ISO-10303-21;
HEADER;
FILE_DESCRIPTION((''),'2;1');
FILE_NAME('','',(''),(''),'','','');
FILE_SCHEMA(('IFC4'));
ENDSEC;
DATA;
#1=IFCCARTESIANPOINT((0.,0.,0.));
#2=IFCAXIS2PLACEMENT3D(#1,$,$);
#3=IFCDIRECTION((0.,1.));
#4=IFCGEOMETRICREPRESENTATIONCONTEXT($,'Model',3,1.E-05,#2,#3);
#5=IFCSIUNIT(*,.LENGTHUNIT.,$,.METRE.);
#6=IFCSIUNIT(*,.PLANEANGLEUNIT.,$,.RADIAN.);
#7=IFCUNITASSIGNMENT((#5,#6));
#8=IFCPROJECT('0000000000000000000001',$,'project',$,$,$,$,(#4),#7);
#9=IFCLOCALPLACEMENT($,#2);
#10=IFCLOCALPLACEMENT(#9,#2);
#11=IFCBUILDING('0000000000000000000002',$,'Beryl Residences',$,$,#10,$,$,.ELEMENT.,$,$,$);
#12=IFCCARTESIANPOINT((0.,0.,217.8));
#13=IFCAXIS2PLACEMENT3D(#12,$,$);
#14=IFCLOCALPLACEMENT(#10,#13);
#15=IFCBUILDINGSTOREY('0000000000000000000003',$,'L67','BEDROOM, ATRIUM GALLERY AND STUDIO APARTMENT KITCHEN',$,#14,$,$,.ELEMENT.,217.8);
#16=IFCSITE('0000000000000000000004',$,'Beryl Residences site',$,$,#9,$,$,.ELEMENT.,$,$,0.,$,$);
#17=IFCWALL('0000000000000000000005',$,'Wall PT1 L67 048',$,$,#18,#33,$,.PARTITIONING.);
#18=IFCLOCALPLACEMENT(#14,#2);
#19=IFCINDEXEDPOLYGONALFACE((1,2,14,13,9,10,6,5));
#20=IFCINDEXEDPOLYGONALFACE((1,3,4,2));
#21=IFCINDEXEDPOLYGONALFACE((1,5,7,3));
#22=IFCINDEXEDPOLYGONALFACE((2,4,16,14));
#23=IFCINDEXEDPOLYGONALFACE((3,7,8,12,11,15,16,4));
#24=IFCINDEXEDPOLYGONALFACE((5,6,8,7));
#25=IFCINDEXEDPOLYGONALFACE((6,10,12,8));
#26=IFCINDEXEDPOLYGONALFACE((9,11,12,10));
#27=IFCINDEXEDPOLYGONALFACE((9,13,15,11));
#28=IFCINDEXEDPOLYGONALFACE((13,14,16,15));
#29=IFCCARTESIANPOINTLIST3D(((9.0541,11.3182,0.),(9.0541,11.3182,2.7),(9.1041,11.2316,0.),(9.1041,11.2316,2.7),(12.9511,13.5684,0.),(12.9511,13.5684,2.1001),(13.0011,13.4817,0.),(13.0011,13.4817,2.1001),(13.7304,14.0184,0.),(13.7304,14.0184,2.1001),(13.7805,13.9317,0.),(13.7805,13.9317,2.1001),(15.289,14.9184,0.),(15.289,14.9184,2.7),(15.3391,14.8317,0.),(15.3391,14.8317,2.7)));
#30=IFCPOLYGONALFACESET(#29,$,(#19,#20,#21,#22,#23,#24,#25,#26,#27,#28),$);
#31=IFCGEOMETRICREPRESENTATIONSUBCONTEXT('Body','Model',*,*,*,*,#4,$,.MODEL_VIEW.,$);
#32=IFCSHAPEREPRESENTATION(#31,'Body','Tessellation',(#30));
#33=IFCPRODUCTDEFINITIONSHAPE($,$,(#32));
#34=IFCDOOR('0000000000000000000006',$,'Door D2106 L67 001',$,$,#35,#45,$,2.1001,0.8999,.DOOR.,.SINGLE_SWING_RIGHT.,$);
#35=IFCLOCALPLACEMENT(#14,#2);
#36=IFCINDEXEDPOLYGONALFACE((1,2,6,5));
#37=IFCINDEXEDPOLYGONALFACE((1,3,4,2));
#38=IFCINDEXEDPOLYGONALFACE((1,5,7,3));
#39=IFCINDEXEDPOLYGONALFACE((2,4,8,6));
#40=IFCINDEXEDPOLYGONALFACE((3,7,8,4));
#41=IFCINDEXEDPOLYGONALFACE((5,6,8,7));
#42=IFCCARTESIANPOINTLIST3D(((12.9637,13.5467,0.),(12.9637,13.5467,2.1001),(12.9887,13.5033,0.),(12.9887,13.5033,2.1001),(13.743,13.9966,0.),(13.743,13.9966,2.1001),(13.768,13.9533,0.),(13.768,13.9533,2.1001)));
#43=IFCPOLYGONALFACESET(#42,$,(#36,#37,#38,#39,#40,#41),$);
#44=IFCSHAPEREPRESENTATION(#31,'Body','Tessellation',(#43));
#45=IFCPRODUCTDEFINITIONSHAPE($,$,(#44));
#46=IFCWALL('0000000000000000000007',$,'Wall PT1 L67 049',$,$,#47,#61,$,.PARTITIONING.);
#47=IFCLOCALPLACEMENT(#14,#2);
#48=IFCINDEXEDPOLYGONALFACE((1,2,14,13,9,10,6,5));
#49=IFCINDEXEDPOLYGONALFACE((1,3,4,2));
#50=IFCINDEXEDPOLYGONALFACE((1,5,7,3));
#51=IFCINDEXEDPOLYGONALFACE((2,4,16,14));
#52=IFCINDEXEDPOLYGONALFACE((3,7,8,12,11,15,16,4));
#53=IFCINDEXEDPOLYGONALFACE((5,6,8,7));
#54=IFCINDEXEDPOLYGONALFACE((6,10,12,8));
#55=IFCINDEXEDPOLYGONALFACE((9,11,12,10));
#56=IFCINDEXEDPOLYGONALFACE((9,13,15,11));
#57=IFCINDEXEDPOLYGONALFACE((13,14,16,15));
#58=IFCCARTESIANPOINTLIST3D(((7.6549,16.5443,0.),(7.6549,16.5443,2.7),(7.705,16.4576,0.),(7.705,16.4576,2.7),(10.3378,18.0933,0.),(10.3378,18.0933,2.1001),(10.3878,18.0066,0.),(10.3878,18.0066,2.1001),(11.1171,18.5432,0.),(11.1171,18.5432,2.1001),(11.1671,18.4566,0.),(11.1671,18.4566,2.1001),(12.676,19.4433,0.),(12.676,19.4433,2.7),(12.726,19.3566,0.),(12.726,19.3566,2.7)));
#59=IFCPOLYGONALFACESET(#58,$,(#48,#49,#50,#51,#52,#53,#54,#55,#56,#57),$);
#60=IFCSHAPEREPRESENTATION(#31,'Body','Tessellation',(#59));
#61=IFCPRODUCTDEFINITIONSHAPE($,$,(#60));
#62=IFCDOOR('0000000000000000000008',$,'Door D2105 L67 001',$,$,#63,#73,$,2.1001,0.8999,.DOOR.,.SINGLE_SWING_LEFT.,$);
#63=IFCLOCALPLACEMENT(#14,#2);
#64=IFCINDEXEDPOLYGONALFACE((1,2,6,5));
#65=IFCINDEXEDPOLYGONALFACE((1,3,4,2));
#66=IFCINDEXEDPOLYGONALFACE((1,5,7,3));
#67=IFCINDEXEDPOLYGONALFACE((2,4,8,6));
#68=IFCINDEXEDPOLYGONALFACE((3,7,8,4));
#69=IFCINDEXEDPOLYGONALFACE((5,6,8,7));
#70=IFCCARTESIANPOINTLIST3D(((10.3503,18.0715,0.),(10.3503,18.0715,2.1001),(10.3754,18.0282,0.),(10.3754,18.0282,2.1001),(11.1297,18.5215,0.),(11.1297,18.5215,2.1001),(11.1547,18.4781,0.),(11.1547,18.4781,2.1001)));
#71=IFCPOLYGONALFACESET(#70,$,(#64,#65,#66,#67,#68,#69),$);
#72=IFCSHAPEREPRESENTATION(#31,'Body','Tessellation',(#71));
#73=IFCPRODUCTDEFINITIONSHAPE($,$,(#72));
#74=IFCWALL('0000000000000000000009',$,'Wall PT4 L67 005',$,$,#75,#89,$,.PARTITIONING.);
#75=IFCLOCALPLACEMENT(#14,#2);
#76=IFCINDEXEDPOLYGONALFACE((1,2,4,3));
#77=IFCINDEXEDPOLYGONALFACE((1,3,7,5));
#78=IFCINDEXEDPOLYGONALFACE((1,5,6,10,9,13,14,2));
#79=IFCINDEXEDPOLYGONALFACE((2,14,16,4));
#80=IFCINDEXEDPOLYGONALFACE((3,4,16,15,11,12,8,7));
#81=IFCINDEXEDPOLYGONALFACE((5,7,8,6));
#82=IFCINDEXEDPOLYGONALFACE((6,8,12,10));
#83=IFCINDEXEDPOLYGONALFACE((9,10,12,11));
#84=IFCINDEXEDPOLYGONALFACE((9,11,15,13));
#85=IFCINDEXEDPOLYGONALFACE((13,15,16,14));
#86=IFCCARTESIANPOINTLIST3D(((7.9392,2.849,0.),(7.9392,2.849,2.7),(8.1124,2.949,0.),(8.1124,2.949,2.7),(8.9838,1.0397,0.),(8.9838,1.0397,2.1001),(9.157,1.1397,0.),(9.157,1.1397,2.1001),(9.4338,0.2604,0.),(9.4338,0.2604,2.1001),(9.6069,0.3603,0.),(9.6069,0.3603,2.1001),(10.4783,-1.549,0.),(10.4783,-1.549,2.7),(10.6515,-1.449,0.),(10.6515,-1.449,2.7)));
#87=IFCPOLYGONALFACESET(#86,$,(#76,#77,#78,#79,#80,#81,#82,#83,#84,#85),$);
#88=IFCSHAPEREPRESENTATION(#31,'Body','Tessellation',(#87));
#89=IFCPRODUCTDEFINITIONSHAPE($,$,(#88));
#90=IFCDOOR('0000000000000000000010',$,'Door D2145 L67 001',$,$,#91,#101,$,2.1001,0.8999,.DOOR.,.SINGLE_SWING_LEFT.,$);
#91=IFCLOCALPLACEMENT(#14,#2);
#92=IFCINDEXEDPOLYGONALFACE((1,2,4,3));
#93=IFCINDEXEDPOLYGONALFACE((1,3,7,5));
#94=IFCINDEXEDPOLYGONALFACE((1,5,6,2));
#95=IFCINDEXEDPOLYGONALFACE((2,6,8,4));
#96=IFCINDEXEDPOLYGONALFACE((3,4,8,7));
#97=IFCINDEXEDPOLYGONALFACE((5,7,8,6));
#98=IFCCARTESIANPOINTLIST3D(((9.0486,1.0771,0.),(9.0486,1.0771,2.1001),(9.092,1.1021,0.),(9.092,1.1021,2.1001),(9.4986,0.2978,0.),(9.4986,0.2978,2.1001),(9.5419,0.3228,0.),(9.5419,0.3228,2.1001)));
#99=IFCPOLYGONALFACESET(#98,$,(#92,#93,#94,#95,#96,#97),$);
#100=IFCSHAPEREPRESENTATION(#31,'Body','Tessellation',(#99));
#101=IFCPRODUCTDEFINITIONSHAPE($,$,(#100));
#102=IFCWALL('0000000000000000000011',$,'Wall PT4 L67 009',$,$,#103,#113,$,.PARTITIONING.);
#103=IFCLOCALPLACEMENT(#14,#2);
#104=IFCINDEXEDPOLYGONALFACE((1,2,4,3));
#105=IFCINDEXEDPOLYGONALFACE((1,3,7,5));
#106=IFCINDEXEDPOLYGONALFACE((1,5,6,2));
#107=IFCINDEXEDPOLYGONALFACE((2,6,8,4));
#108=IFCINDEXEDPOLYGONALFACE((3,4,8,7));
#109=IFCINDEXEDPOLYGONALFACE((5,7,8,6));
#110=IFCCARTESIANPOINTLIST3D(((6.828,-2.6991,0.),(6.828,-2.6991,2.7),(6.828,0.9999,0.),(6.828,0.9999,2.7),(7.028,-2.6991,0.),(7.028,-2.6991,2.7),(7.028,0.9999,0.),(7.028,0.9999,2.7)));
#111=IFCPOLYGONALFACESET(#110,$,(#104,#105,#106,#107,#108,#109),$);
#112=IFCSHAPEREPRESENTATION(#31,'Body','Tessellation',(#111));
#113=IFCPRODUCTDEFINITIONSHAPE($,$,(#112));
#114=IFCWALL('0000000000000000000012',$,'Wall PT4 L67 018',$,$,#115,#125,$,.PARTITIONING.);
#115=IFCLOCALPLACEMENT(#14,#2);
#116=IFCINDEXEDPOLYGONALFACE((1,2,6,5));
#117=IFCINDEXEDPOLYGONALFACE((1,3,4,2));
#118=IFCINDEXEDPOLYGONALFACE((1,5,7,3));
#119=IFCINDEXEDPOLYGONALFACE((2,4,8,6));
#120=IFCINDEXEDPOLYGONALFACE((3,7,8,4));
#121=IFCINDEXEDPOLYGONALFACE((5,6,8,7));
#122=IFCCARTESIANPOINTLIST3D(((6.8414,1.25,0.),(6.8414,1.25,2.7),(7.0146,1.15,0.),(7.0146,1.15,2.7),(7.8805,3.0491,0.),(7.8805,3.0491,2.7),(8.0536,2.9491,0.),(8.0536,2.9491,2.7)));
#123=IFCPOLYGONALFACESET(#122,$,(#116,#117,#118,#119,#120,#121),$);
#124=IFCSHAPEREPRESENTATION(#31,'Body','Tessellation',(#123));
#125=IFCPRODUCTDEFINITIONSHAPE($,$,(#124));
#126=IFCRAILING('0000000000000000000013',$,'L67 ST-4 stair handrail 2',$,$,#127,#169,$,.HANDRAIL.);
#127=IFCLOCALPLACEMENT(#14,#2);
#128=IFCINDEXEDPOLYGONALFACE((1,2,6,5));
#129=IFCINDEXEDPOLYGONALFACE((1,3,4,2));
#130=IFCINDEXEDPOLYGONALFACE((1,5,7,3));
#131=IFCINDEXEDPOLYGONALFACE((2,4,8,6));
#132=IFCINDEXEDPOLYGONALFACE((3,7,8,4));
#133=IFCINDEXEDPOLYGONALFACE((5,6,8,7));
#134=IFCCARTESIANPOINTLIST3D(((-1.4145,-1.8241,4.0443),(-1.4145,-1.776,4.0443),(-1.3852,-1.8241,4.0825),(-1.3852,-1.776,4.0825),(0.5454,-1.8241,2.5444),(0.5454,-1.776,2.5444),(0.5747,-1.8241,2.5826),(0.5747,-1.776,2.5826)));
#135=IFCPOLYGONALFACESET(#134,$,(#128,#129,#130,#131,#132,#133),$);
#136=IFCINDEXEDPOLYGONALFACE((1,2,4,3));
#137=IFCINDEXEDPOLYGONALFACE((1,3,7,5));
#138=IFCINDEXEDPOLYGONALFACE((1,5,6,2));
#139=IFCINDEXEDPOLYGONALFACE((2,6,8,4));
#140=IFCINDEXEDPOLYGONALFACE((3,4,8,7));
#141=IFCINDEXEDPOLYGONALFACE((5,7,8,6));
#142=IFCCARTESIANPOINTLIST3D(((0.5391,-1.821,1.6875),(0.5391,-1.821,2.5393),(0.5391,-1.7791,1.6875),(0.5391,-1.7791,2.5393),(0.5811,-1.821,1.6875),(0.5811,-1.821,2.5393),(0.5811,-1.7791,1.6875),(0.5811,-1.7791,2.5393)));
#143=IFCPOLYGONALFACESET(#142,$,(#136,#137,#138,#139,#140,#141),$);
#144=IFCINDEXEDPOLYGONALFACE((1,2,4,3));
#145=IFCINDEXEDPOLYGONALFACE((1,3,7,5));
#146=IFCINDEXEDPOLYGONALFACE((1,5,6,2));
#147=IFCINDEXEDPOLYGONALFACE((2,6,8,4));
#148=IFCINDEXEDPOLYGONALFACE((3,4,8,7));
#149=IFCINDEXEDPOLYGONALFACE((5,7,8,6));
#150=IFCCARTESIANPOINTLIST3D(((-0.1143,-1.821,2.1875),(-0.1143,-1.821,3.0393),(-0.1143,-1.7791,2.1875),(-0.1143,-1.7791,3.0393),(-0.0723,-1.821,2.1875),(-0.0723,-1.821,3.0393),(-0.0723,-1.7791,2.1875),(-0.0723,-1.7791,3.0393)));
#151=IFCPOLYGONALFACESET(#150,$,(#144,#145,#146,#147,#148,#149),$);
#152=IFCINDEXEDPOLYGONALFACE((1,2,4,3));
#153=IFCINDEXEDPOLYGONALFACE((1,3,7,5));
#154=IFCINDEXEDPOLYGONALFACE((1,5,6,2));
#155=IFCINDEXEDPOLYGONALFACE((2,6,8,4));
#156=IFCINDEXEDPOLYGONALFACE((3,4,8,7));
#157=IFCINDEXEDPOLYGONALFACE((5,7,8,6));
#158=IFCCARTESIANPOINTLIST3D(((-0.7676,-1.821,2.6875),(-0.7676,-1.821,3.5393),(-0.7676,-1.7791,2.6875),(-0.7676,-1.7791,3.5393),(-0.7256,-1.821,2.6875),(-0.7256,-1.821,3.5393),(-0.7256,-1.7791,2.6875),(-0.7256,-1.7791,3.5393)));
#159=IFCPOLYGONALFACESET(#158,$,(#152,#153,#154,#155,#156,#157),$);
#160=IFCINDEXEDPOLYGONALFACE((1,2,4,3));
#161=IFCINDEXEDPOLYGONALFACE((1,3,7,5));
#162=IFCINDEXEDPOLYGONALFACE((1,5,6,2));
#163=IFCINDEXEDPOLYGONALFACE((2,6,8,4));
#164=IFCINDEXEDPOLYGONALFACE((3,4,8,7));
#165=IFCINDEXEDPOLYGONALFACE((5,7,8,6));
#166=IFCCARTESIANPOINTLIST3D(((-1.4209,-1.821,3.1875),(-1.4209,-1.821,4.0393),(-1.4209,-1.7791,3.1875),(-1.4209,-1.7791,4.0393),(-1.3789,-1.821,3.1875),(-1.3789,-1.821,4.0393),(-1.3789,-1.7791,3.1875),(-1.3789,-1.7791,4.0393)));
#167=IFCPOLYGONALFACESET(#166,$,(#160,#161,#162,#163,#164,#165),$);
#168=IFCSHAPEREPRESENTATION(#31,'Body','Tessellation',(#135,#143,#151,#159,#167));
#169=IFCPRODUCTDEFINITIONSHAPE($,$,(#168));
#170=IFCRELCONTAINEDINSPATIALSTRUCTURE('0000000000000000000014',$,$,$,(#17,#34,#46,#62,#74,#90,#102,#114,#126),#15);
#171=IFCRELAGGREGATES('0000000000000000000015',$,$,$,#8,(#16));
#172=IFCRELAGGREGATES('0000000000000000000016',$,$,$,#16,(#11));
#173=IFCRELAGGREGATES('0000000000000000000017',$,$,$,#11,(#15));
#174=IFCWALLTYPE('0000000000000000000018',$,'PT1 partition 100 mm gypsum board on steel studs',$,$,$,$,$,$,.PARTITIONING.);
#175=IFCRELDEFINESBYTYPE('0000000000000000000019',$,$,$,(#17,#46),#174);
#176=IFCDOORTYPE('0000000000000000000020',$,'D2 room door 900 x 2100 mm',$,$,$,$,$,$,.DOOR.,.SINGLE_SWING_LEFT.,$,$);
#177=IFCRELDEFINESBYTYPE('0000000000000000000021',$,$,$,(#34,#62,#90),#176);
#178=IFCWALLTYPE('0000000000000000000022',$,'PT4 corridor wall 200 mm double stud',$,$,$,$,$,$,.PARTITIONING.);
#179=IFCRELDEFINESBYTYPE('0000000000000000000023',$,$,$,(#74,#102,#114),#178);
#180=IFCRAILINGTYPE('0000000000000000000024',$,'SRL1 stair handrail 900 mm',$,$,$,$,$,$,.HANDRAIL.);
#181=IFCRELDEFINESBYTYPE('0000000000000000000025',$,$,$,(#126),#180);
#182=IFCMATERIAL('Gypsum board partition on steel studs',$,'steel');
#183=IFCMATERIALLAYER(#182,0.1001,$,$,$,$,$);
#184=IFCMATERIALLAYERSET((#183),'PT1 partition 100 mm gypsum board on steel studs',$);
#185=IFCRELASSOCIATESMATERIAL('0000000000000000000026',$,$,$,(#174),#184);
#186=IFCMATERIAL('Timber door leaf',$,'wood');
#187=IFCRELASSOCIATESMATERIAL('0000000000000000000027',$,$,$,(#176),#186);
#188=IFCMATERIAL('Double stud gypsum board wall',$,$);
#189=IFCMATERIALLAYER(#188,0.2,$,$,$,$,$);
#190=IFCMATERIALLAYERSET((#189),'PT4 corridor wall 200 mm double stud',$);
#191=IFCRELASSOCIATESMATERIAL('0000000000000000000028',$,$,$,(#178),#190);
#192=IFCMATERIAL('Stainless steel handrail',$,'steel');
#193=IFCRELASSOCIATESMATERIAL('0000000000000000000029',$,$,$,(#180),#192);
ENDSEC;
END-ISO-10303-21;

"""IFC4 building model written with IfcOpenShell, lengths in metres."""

from ifc_helpers import new_model, si_unit, direction, frame, frame_2d, origin, origin_2d, place, context, subcontext, project, spatial, rectangle, extrude, material, layer, layer_set, type_object, element, fill, save


model = new_model("IFC4")

# Units and contexts
model_context = context("Model", 3, precision=1e-05, world=origin(), true_north=direction((0.0, 1.0)))
body_context = subcontext(model_context, "Body", "Model", "MODEL_VIEW")
ifc_project = project(units=[si_unit("LENGTHUNIT", "METRE"), si_unit("PLANEANGLEUNIT", "RADIAN")], contexts=[model_context])

# Site, building, storey
site_placement = place(None, origin())
site = spatial("IfcSite", under=ifc_project, at=site_placement, Name="Beryl Residences site", CompositionType="ELEMENT", RefElevation=0.0)
building_placement = place(site_placement, origin())
building = spatial("IfcBuilding", under=site, at=building_placement, Name="Beryl Residences", CompositionType="ELEMENT")
storey_placement = place(building_placement, frame((0.0, 0.0, 217.8)))
storey = spatial("IfcBuildingStorey", under=building, at=storey_placement, Name="L67", Description="BEDROOM, ATRIUM GALLERY AND STUDIO APARTMENT KITCHEN", CompositionType="ELEMENT", Elevation=217.8)

# Shared definitions
ifc_material_1 = material(Name="Gypsum board partition on steel studs", Category="steel")
ifc_layer_1 = layer(ifc_material_1, 0.1001)
ifc_layer_set_1 = layer_set([ifc_layer_1], Name="PT1 partition 100 mm gypsum board on steel studs")
wall_type_1 = type_object("IfcWallType", Name="PT1 partition 100 mm gypsum board on steel studs", PredefinedType="PARTITIONING", material=ifc_layer_set_1)

# Walls, openings, doors
ifc_material_2 = material(Name="Timber door leaf", Category="wood")
door_type_1 = type_object("IfcDoorType", Name="D2 room door 900 x 2100 mm", OperationType="SINGLE_SWING_LEFT", PredefinedType="DOOR", material=ifc_material_2)
wall_1_placement = place(storey_placement, frame((9.0791, 11.2749, 0.0), z_axis=(0.0, 0.0, 1.0), x_axis=(0.866001, 0.500041, 0.0)))
wall_1 = element("IfcWall", 1, at=wall_1_placement, inside=storey, type_object=wall_type_1, Name="Wall PT1 L67 048", PredefinedType="PARTITIONING", context=body_context, shape_type="SweptSolid", body=[
    extrude(rectangle(XDim=7.1997, YDim=0.1001, at=frame_2d((3.5999, 0.0))), origin(), (0.0, 0.0, 1.0), 2.7),
])
opening_1_placement = place(wall_1_placement, frame((4.5, 0.0, 0.0)))
opening_1 = element("IfcOpeningElement", 2, at=opening_1_placement, cuts=wall_1, PredefinedType="OPENING", context=body_context, shape_type="SweptSolid", body=[
    extrude(rectangle(XDim=0.8999, YDim=2.1001, at=frame_2d((0.45, 1.05))), frame((0.0, 0.0601, 0.0), z_axis=(0.0, -1.0, 0.0), x_axis=(1.0, 0.0, 0.0)), (0.0, 0.0, 1.0), 0.1201),
])
door_1_placement = place(opening_1_placement, origin())
door_1 = element("IfcDoor", 3, at=door_1_placement, inside=storey, type_object=door_type_1, Name="Door D2106 L67 001", OperationType="SINGLE_SWING_RIGHT", OverallHeight=2.1001, OverallWidth=0.8999, PredefinedType="DOOR", context=body_context, shape_type="SweptSolid", body=[
    extrude(rectangle(XDim=0.8999, YDim=2.1001, at=frame_2d((0.45, 1.05))), frame((0.0, 0.0249, 0.0), z_axis=(0.0, -1.0, 0.0), x_axis=(1.0, 0.0, 0.0)), (0.0, 0.0, 1.0), 0.05),
])
fill(opening_1, door_1)
wall_2_placement = place(storey_placement, frame((7.6799, 16.501, 0.0), z_axis=(0.0, 0.0, 1.0), x_axis=(0.866021, 0.500007, 0.0)))
wall_2 = element("IfcWall", 4, at=wall_2_placement, inside=storey, type_object=wall_type_1, Name="Wall PT1 L67 049", PredefinedType="PARTITIONING", context=body_context, shape_type="SweptSolid", body=[
    extrude(rectangle(XDim=5.7979, YDim=0.1001, at=frame_2d((2.8989, 0.0))), origin(), (0.0, 0.0, 1.0), 2.7),
])
opening_2_placement = place(wall_2_placement, frame((3.0979, 0.0, 0.0)))
opening_2 = element("IfcOpeningElement", 5, at=opening_2_placement, cuts=wall_2, PredefinedType="OPENING", context=body_context, shape_type="SweptSolid", body=[
    extrude(rectangle(XDim=0.8999, YDim=2.1001, at=frame_2d((0.45, 1.05))), frame((0.0, 0.0601, 0.0), z_axis=(0.0, -1.0, 0.0), x_axis=(1.0, 0.0, 0.0)), (0.0, 0.0, 1.0), 0.1201),
])
door_2_placement = place(opening_2_placement, origin())
door_2 = element("IfcDoor", 6, at=door_2_placement, inside=storey, type_object=door_type_1, Name="Door D2105 L67 001", OperationType="SINGLE_SWING_LEFT", OverallHeight=2.1001, OverallWidth=0.8999, PredefinedType="DOOR", context=body_context, shape_type="SweptSolid", body=[
    extrude(rectangle(XDim=0.8999, YDim=2.1001, at=frame_2d((0.45, 1.05))), frame((0.0, 0.0249, 0.0), z_axis=(0.0, -1.0, 0.0), x_axis=(1.0, 0.0, 0.0)), (0.0, 0.0, 1.0), 0.05),
])
fill(opening_2, door_2)
ifc_material_3 = material(Name="Double stud gypsum board wall")
ifc_layer_2 = layer(ifc_material_3, 0.2)
ifc_layer_set_2 = layer_set([ifc_layer_2], Name="PT4 corridor wall 200 mm double stud")
wall_type_2 = type_object("IfcWallType", Name="PT4 corridor wall 200 mm double stud", PredefinedType="PARTITIONING", material=ifc_layer_set_2)
wall_3_placement = place(storey_placement, frame((8.0259, 2.8989, 0.0), z_axis=(0.0, 0.0, 1.0), x_axis=(0.499986, -0.866033, 0.0)))
wall_3 = element("IfcWall", 7, at=wall_3_placement, inside=storey, type_object=wall_type_2, Name="Wall PT4 L67 005", PredefinedType="PARTITIONING", context=body_context, shape_type="SweptSolid", body=[
    extrude(rectangle(XDim=5.0784, YDim=0.2, at=frame_2d((2.5391, 0.0))), origin(), (0.0, 0.0, 1.0), 2.7),
])
opening_3_placement = place(wall_3_placement, frame((2.0891, 0.0, 0.0)))
opening_3 = element("IfcOpeningElement", 8, at=opening_3_placement, cuts=wall_3, PredefinedType="OPENING", context=body_context, shape_type="SweptSolid", body=[
    extrude(rectangle(XDim=0.8999, YDim=2.1001, at=frame_2d((0.45, 1.05))), frame((0.0, 0.1099, 0.0), z_axis=(0.0, -1.0, 0.0), x_axis=(1.0, 0.0, 0.0)), (0.0, 0.0, 1.0), 0.22),
])
door_3_placement = place(opening_3_placement, origin())
door_3 = element("IfcDoor", 9, at=door_3_placement, inside=storey, type_object=door_type_1, Name="Door D2145 L67 001", OperationType="SINGLE_SWING_LEFT", OverallHeight=2.1001, OverallWidth=0.8999, PredefinedType="DOOR", context=body_context, shape_type="SweptSolid", body=[
    extrude(rectangle(XDim=0.8999, YDim=2.1001, at=frame_2d((0.45, 1.05))), frame((0.0, 0.0249, 0.0), z_axis=(0.0, -1.0, 0.0), x_axis=(1.0, 0.0, 0.0)), (0.0, 0.0, 1.0), 0.05),
])
fill(opening_3, door_3)

# Walls
wall_4_placement = place(storey_placement, frame((6.928, 1.0, 0.0), z_axis=(0.0, 0.0, 1.0), x_axis=(0.0, -1.0, 0.0)))
element("IfcWall", 10, at=wall_4_placement, inside=storey, type_object=wall_type_2, Name="Wall PT4 L67 009", PredefinedType="PARTITIONING", context=body_context, shape_type="SweptSolid", body=[
    extrude(rectangle(XDim=3.699, YDim=0.2, at=frame_2d((1.8496, 0.0))), origin(), (0.0, 0.0, 1.0), 2.7),
])
wall_5_placement = place(storey_placement, frame((6.928, 1.2, 0.0), z_axis=(0.0, 0.0, 1.0), x_axis=(0.500133, 0.865949, 0.0)))
element("IfcWall", 11, at=wall_5_placement, inside=storey, type_object=wall_type_2, Name="Wall PT4 L67 018", PredefinedType="PARTITIONING", context=body_context, shape_type="SweptSolid", body=[
    extrude(rectangle(XDim=2.0776, YDim=0.2, at=frame_2d((1.0388, 0.0))), origin(), (0.0, 0.0, 1.0), 2.7),
])

# Railing
ifc_material_4 = material(Name="Stainless steel handrail", Category="steel")
railing_type_1 = type_object("IfcRailingType", Name="SRL1 stair handrail 900 mm", PredefinedType="HANDRAIL", material=ifc_material_4)
railing_1_placement = place(storey_placement, frame((0.5601, -1.8, 1.6875)))
element("IfcRailing", 12, at=railing_1_placement, inside=storey, type_object=railing_type_1, Name="L67 ST-4 stair handrail 2", PredefinedType="HANDRAIL", context=body_context, shape_type="SweptSolid", body=[
    extrude(rectangle(XDim=0.0481, YDim=0.0481, at=origin_2d()), frame((0.0, 0.0, 0.876), z_axis=(-0.794122, 0.0, 0.607758), x_axis=(0.0, -1.0, 0.0)), (0.0, 0.0, 1.0), 2.468),
    extrude(rectangle(XDim=0.042, YDim=0.042, at=origin_2d()), origin(), (0.0, 0.0, 1.0), 0.8518),
    extrude(rectangle(XDim=0.042, YDim=0.042, at=origin_2d()), frame((-0.6533, 0.0, 0.5)), (0.0, 0.0, 1.0), 0.8518),
    extrude(rectangle(XDim=0.042, YDim=0.042, at=origin_2d()), frame((-1.3066, 0.0, 1.0)), (0.0, 0.0, 1.0), 0.8518),
    extrude(rectangle(XDim=0.042, YDim=0.042, at=origin_2d()), frame((-1.96, 0.0, 1.5)), (0.0, 0.0, 1.0), 0.8518),
])

save(model, "model.ifc")
